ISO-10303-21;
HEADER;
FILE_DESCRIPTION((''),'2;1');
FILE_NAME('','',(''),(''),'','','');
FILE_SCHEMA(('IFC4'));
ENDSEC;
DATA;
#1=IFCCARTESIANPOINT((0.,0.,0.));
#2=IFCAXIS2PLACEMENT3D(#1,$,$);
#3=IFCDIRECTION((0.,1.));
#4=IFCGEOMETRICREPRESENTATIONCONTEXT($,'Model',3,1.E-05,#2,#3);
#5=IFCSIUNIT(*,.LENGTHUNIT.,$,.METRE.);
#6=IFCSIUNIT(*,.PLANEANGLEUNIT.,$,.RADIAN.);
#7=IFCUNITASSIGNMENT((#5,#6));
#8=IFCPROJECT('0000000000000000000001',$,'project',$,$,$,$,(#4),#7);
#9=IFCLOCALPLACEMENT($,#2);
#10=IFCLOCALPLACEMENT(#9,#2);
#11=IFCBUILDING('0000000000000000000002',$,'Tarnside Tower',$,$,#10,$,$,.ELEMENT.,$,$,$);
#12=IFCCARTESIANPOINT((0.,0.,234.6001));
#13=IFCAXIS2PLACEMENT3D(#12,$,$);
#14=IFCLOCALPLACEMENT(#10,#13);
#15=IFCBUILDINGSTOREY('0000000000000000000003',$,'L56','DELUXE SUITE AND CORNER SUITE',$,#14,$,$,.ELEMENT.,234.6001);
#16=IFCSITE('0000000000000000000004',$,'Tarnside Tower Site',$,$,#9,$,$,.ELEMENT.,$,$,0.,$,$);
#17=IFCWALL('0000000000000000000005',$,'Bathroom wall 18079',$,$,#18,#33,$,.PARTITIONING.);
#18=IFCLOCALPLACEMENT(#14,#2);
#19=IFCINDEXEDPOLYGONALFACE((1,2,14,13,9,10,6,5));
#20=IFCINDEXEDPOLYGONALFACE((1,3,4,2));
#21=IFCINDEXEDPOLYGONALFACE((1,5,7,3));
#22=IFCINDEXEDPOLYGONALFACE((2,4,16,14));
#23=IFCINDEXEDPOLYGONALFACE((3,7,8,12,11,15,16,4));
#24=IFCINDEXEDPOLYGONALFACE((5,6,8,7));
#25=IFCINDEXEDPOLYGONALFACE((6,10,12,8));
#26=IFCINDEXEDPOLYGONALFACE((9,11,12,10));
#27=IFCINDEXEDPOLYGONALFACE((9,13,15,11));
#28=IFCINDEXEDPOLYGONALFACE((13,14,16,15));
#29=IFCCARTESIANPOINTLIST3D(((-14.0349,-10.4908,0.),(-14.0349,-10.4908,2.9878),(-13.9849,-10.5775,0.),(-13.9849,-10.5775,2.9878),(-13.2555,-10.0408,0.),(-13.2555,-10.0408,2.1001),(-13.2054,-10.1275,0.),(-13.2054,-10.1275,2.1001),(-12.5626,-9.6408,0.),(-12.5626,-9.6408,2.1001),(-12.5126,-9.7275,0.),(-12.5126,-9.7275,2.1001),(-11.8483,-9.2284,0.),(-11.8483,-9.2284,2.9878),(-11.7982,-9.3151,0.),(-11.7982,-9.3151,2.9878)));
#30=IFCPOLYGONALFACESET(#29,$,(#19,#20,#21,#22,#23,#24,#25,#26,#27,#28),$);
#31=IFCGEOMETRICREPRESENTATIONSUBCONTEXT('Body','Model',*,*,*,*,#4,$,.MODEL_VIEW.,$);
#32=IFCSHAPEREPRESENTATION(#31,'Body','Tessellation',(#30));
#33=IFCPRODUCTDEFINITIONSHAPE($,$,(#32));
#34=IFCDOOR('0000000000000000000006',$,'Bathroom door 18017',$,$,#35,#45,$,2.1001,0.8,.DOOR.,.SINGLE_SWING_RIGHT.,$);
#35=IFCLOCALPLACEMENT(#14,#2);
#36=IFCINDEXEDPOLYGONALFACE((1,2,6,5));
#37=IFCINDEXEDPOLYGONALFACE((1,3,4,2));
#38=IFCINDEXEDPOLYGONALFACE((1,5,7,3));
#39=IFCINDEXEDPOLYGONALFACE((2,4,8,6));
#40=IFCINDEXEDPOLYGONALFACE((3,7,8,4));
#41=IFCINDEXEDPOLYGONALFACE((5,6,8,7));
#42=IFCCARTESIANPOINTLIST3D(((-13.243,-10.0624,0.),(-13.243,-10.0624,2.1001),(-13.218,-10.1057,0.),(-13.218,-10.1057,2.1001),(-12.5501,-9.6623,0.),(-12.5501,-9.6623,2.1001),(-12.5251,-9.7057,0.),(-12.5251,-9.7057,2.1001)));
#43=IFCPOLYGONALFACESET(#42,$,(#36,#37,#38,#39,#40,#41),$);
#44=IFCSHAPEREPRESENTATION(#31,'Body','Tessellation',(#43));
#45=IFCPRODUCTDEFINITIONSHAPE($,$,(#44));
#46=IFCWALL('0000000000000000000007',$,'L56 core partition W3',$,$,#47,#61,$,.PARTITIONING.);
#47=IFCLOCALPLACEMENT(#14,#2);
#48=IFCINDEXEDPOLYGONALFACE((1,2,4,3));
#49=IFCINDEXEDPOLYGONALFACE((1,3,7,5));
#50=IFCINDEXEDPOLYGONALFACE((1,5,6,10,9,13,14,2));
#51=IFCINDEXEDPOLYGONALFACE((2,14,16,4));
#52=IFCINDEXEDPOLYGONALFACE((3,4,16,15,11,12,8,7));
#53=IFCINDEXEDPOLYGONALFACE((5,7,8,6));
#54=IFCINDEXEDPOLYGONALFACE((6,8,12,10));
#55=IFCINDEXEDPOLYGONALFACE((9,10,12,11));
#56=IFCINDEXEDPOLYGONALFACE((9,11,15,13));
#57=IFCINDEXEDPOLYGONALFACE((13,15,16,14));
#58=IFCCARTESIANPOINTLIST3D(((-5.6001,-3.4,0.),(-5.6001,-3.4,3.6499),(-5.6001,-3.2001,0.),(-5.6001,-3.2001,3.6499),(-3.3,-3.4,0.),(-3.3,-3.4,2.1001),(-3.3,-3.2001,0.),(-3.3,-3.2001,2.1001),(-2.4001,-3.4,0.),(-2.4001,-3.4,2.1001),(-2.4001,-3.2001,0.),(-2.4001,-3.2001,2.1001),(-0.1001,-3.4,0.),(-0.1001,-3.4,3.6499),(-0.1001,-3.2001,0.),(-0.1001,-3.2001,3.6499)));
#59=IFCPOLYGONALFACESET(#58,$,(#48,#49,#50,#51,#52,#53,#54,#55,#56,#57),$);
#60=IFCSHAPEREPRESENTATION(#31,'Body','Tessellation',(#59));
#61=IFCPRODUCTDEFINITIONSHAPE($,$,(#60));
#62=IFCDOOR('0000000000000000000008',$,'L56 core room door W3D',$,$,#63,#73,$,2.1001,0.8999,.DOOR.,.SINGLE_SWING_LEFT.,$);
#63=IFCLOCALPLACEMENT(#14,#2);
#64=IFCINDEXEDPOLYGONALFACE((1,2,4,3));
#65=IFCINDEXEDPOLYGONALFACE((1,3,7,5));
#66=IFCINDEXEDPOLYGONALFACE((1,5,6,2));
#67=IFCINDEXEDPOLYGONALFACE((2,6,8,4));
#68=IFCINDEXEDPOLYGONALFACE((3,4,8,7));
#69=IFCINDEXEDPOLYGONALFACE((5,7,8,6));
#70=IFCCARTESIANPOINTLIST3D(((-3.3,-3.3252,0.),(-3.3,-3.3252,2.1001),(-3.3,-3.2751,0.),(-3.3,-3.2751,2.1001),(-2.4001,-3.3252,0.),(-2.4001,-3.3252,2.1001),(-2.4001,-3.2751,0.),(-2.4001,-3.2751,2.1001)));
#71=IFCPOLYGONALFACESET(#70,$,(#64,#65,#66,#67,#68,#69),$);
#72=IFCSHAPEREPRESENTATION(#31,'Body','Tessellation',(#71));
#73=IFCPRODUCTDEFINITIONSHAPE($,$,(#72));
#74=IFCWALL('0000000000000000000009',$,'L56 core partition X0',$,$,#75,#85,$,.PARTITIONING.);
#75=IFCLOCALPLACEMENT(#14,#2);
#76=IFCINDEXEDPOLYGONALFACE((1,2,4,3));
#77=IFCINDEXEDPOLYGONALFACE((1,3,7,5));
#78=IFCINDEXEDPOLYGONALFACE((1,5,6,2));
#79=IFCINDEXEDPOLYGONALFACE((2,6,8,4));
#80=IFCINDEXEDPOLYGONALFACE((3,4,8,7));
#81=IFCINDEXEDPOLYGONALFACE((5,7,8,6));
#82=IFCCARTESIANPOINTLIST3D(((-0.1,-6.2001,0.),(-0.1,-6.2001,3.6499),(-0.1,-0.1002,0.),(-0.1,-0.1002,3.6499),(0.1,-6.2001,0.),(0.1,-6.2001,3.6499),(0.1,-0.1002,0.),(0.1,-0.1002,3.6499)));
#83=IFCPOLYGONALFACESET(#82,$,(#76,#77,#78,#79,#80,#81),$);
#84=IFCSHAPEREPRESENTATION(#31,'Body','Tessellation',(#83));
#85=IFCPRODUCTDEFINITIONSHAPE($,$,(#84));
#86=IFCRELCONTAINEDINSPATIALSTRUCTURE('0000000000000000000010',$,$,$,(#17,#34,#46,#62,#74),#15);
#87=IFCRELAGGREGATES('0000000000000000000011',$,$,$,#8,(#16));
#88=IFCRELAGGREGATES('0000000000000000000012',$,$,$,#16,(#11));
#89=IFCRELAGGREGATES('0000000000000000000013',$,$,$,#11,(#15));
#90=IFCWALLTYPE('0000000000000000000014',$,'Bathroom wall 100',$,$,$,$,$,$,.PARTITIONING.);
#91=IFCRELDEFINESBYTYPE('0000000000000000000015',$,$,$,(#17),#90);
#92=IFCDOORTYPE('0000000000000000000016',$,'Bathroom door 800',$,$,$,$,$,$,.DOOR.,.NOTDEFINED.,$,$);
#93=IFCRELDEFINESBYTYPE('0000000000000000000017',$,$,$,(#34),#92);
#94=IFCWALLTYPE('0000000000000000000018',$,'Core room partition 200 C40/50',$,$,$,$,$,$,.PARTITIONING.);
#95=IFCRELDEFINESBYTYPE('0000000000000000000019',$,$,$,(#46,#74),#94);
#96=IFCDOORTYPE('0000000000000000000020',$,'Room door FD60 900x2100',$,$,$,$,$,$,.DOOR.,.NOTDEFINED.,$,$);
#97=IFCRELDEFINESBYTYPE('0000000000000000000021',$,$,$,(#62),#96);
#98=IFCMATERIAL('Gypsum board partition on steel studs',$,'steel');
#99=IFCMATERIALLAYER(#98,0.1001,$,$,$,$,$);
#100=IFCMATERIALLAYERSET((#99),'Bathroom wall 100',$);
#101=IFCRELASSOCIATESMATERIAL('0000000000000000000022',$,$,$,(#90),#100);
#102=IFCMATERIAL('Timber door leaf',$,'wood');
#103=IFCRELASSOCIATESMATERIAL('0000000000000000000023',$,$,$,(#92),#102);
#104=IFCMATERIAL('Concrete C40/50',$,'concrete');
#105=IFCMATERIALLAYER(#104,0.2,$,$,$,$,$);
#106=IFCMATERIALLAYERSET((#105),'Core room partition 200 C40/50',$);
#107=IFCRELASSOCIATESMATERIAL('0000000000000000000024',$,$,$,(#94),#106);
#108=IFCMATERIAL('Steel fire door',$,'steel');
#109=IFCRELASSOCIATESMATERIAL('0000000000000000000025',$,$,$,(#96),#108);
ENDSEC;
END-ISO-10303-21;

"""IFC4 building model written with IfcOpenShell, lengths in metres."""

from ifc_helpers import new_model, si_unit, direction, frame, frame_2d, origin, place, context, subcontext, project, spatial, rectangle, extrude, material, layer, layer_set, type_object, element, fill, save


model = new_model("IFC4")

# Units and contexts
model_context = context("Model", 3, precision=1e-05, world=origin(), true_north=direction((0.0, 1.0)))
body_context = subcontext(model_context, "Body", "Model", "MODEL_VIEW")
ifc_project = project(units=[si_unit("LENGTHUNIT", "METRE"), si_unit("PLANEANGLEUNIT", "RADIAN")], contexts=[model_context])

# Site, building, storey
site_placement = place(None, origin())
site = spatial("IfcSite", under=ifc_project, at=site_placement, Name="Tarnside Tower Site", CompositionType="ELEMENT", RefElevation=0.0)
building_placement = place(site_placement, origin())
building = spatial("IfcBuilding", under=site, at=building_placement, Name="Tarnside Tower", CompositionType="ELEMENT")
storey_placement = place(building_placement, frame((0.0, 0.0, 234.6001)))
storey = spatial("IfcBuildingStorey", under=building, at=storey_placement, Name="L56", Description="DELUXE SUITE AND CORNER SUITE", CompositionType="ELEMENT", Elevation=234.6001)

# Walls, openings, doors
ifc_material_1 = material(Name="Gypsum board partition on steel studs", Category="steel")
ifc_layer_1 = layer(ifc_material_1, 0.1001)
ifc_layer_set_1 = layer_set([ifc_layer_1], Name="Bathroom wall 100")
wall_type_1 = type_object("IfcWallType", Name="Bathroom wall 100", PredefinedType="PARTITIONING", material=ifc_layer_set_1)
wall_1_placement = place(storey_placement, frame((-11.8232, -9.2717, 0.0), z_axis=(0.0, 0.0, 1.0), x_axis=(-0.866039, -0.499976, 0.0)))
wall_1 = element("IfcWall", 1, at=wall_1_placement, inside=storey, type_object=wall_type_1, Name="Bathroom wall 18079", PredefinedType="PARTITIONING", context=body_context, shape_type="SweptSolid", body=[
    extrude(rectangle(XDim=2.5249, YDim=0.1001, at=frame_2d((1.2625, 0.0))), origin(), (0.0, 0.0, 1.0), 2.9878),
])
opening_1_placement = place(wall_1_placement, frame((0.825, 0.0, 0.0)))
opening_1 = element("IfcOpeningElement", 2, at=opening_1_placement, cuts=wall_1, PredefinedType="OPENING", context=body_context, shape_type="SweptSolid", body=[
    extrude(rectangle(XDim=0.8, YDim=2.1001, at=frame_2d((0.3999, 1.05))), frame((0.0, 0.0601, 0.0), z_axis=(0.0, -1.0, 0.0), x_axis=(1.0, 0.0, 0.0)), (0.0, 0.0, 1.0), 0.1201),
])
ifc_material_2 = material(Name="Timber door leaf", Category="wood")
door_type_1 = type_object("IfcDoorType", Name="Bathroom door 800", OperationType="NOTDEFINED", PredefinedType="DOOR", material=ifc_material_2)
door_1_placement = place(opening_1_placement, origin())
door_1 = element("IfcDoor", 3, at=door_1_placement, inside=storey, type_object=door_type_1, Name="Bathroom door 18017", OperationType="SINGLE_SWING_RIGHT", OverallHeight=2.1001, OverallWidth=0.8, PredefinedType="DOOR", context=body_context, shape_type="SweptSolid", body=[
    extrude(rectangle(XDim=0.8, YDim=2.1001, at=frame_2d((0.3999, 1.05))), frame((0.0, 0.0249, 0.0), z_axis=(0.0, -1.0, 0.0), x_axis=(1.0, 0.0, 0.0)), (0.0, 0.0, 1.0), 0.05),
])
fill(opening_1, door_1)
ifc_material_3 = material(Name="Concrete C40/50", Category="concrete")
ifc_layer_2 = layer(ifc_material_3, 0.2)
ifc_layer_set_2 = layer_set([ifc_layer_2], Name="Core room partition 200 C40/50")
wall_type_2 = type_object("IfcWallType", Name="Core room partition 200 C40/50", PredefinedType="PARTITIONING", material=ifc_layer_set_2)
wall_2_placement = place(storey_placement, frame((-5.6001, -3.3, 0.0), z_axis=(0.0, 0.0, 1.0), x_axis=(1.0, 0.0, 0.0)))
wall_2 = element("IfcWall", 4, at=wall_2_placement, inside=storey, type_object=wall_type_2, Name="L56 core partition W3", PredefinedType="PARTITIONING", context=body_context, shape_type="SweptSolid", body=[
    extrude(rectangle(XDim=5.5, YDim=0.2, at=frame_2d((2.75, 0.0))), origin(), (0.0, 0.0, 1.0), 3.6499),
])
opening_2_placement = place(wall_2_placement, frame((2.3, 0.0, 0.0)))
opening_2 = element("IfcOpeningElement", 5, at=opening_2_placement, cuts=wall_2, PredefinedType="OPENING", context=body_context, shape_type="SweptSolid", body=[
    extrude(rectangle(XDim=0.8999, YDim=2.1001, at=frame_2d((0.45, 1.05))), frame((0.0, 0.1099, 0.0), z_axis=(0.0, -1.0, 0.0), x_axis=(1.0, 0.0, 0.0)), (0.0, 0.0, 1.0), 0.22),
])
ifc_material_4 = material(Name="Steel fire door", Category="steel")
door_type_2 = type_object("IfcDoorType", Name="Room door FD60 900x2100", OperationType="NOTDEFINED", PredefinedType="DOOR", material=ifc_material_4)
door_2_placement = place(opening_2_placement, origin())
door_2 = element("IfcDoor", 6, at=door_2_placement, inside=storey, type_object=door_type_2, Name="L56 core room door W3D", OperationType="SINGLE_SWING_LEFT", OverallHeight=2.1001, OverallWidth=0.8999, PredefinedType="DOOR", context=body_context, shape_type="SweptSolid", body=[
    extrude(rectangle(XDim=0.8999, YDim=2.1001, at=frame_2d((0.45, 1.05))), frame((0.0, 0.0249, 0.0), z_axis=(0.0, -1.0, 0.0), x_axis=(1.0, 0.0, 0.0)), (0.0, 0.0, 1.0), 0.05),
])
fill(opening_2, door_2)

# Wall
wall_3_placement = place(storey_placement, frame((0.0, -6.2, 0.0), z_axis=(0.0, 0.0, 1.0), x_axis=(0.0, 1.0, 0.0)))
element("IfcWall", 7, at=wall_3_placement, inside=storey, type_object=wall_type_2, Name="L56 core partition X0", PredefinedType="PARTITIONING", context=body_context, shape_type="SweptSolid", body=[
    extrude(rectangle(XDim=6.0999, YDim=0.2, at=frame_2d((3.0498, 0.0))), origin(), (0.0, 0.0, 1.0), 3.6499),
])

save(model, "model.ifc")
